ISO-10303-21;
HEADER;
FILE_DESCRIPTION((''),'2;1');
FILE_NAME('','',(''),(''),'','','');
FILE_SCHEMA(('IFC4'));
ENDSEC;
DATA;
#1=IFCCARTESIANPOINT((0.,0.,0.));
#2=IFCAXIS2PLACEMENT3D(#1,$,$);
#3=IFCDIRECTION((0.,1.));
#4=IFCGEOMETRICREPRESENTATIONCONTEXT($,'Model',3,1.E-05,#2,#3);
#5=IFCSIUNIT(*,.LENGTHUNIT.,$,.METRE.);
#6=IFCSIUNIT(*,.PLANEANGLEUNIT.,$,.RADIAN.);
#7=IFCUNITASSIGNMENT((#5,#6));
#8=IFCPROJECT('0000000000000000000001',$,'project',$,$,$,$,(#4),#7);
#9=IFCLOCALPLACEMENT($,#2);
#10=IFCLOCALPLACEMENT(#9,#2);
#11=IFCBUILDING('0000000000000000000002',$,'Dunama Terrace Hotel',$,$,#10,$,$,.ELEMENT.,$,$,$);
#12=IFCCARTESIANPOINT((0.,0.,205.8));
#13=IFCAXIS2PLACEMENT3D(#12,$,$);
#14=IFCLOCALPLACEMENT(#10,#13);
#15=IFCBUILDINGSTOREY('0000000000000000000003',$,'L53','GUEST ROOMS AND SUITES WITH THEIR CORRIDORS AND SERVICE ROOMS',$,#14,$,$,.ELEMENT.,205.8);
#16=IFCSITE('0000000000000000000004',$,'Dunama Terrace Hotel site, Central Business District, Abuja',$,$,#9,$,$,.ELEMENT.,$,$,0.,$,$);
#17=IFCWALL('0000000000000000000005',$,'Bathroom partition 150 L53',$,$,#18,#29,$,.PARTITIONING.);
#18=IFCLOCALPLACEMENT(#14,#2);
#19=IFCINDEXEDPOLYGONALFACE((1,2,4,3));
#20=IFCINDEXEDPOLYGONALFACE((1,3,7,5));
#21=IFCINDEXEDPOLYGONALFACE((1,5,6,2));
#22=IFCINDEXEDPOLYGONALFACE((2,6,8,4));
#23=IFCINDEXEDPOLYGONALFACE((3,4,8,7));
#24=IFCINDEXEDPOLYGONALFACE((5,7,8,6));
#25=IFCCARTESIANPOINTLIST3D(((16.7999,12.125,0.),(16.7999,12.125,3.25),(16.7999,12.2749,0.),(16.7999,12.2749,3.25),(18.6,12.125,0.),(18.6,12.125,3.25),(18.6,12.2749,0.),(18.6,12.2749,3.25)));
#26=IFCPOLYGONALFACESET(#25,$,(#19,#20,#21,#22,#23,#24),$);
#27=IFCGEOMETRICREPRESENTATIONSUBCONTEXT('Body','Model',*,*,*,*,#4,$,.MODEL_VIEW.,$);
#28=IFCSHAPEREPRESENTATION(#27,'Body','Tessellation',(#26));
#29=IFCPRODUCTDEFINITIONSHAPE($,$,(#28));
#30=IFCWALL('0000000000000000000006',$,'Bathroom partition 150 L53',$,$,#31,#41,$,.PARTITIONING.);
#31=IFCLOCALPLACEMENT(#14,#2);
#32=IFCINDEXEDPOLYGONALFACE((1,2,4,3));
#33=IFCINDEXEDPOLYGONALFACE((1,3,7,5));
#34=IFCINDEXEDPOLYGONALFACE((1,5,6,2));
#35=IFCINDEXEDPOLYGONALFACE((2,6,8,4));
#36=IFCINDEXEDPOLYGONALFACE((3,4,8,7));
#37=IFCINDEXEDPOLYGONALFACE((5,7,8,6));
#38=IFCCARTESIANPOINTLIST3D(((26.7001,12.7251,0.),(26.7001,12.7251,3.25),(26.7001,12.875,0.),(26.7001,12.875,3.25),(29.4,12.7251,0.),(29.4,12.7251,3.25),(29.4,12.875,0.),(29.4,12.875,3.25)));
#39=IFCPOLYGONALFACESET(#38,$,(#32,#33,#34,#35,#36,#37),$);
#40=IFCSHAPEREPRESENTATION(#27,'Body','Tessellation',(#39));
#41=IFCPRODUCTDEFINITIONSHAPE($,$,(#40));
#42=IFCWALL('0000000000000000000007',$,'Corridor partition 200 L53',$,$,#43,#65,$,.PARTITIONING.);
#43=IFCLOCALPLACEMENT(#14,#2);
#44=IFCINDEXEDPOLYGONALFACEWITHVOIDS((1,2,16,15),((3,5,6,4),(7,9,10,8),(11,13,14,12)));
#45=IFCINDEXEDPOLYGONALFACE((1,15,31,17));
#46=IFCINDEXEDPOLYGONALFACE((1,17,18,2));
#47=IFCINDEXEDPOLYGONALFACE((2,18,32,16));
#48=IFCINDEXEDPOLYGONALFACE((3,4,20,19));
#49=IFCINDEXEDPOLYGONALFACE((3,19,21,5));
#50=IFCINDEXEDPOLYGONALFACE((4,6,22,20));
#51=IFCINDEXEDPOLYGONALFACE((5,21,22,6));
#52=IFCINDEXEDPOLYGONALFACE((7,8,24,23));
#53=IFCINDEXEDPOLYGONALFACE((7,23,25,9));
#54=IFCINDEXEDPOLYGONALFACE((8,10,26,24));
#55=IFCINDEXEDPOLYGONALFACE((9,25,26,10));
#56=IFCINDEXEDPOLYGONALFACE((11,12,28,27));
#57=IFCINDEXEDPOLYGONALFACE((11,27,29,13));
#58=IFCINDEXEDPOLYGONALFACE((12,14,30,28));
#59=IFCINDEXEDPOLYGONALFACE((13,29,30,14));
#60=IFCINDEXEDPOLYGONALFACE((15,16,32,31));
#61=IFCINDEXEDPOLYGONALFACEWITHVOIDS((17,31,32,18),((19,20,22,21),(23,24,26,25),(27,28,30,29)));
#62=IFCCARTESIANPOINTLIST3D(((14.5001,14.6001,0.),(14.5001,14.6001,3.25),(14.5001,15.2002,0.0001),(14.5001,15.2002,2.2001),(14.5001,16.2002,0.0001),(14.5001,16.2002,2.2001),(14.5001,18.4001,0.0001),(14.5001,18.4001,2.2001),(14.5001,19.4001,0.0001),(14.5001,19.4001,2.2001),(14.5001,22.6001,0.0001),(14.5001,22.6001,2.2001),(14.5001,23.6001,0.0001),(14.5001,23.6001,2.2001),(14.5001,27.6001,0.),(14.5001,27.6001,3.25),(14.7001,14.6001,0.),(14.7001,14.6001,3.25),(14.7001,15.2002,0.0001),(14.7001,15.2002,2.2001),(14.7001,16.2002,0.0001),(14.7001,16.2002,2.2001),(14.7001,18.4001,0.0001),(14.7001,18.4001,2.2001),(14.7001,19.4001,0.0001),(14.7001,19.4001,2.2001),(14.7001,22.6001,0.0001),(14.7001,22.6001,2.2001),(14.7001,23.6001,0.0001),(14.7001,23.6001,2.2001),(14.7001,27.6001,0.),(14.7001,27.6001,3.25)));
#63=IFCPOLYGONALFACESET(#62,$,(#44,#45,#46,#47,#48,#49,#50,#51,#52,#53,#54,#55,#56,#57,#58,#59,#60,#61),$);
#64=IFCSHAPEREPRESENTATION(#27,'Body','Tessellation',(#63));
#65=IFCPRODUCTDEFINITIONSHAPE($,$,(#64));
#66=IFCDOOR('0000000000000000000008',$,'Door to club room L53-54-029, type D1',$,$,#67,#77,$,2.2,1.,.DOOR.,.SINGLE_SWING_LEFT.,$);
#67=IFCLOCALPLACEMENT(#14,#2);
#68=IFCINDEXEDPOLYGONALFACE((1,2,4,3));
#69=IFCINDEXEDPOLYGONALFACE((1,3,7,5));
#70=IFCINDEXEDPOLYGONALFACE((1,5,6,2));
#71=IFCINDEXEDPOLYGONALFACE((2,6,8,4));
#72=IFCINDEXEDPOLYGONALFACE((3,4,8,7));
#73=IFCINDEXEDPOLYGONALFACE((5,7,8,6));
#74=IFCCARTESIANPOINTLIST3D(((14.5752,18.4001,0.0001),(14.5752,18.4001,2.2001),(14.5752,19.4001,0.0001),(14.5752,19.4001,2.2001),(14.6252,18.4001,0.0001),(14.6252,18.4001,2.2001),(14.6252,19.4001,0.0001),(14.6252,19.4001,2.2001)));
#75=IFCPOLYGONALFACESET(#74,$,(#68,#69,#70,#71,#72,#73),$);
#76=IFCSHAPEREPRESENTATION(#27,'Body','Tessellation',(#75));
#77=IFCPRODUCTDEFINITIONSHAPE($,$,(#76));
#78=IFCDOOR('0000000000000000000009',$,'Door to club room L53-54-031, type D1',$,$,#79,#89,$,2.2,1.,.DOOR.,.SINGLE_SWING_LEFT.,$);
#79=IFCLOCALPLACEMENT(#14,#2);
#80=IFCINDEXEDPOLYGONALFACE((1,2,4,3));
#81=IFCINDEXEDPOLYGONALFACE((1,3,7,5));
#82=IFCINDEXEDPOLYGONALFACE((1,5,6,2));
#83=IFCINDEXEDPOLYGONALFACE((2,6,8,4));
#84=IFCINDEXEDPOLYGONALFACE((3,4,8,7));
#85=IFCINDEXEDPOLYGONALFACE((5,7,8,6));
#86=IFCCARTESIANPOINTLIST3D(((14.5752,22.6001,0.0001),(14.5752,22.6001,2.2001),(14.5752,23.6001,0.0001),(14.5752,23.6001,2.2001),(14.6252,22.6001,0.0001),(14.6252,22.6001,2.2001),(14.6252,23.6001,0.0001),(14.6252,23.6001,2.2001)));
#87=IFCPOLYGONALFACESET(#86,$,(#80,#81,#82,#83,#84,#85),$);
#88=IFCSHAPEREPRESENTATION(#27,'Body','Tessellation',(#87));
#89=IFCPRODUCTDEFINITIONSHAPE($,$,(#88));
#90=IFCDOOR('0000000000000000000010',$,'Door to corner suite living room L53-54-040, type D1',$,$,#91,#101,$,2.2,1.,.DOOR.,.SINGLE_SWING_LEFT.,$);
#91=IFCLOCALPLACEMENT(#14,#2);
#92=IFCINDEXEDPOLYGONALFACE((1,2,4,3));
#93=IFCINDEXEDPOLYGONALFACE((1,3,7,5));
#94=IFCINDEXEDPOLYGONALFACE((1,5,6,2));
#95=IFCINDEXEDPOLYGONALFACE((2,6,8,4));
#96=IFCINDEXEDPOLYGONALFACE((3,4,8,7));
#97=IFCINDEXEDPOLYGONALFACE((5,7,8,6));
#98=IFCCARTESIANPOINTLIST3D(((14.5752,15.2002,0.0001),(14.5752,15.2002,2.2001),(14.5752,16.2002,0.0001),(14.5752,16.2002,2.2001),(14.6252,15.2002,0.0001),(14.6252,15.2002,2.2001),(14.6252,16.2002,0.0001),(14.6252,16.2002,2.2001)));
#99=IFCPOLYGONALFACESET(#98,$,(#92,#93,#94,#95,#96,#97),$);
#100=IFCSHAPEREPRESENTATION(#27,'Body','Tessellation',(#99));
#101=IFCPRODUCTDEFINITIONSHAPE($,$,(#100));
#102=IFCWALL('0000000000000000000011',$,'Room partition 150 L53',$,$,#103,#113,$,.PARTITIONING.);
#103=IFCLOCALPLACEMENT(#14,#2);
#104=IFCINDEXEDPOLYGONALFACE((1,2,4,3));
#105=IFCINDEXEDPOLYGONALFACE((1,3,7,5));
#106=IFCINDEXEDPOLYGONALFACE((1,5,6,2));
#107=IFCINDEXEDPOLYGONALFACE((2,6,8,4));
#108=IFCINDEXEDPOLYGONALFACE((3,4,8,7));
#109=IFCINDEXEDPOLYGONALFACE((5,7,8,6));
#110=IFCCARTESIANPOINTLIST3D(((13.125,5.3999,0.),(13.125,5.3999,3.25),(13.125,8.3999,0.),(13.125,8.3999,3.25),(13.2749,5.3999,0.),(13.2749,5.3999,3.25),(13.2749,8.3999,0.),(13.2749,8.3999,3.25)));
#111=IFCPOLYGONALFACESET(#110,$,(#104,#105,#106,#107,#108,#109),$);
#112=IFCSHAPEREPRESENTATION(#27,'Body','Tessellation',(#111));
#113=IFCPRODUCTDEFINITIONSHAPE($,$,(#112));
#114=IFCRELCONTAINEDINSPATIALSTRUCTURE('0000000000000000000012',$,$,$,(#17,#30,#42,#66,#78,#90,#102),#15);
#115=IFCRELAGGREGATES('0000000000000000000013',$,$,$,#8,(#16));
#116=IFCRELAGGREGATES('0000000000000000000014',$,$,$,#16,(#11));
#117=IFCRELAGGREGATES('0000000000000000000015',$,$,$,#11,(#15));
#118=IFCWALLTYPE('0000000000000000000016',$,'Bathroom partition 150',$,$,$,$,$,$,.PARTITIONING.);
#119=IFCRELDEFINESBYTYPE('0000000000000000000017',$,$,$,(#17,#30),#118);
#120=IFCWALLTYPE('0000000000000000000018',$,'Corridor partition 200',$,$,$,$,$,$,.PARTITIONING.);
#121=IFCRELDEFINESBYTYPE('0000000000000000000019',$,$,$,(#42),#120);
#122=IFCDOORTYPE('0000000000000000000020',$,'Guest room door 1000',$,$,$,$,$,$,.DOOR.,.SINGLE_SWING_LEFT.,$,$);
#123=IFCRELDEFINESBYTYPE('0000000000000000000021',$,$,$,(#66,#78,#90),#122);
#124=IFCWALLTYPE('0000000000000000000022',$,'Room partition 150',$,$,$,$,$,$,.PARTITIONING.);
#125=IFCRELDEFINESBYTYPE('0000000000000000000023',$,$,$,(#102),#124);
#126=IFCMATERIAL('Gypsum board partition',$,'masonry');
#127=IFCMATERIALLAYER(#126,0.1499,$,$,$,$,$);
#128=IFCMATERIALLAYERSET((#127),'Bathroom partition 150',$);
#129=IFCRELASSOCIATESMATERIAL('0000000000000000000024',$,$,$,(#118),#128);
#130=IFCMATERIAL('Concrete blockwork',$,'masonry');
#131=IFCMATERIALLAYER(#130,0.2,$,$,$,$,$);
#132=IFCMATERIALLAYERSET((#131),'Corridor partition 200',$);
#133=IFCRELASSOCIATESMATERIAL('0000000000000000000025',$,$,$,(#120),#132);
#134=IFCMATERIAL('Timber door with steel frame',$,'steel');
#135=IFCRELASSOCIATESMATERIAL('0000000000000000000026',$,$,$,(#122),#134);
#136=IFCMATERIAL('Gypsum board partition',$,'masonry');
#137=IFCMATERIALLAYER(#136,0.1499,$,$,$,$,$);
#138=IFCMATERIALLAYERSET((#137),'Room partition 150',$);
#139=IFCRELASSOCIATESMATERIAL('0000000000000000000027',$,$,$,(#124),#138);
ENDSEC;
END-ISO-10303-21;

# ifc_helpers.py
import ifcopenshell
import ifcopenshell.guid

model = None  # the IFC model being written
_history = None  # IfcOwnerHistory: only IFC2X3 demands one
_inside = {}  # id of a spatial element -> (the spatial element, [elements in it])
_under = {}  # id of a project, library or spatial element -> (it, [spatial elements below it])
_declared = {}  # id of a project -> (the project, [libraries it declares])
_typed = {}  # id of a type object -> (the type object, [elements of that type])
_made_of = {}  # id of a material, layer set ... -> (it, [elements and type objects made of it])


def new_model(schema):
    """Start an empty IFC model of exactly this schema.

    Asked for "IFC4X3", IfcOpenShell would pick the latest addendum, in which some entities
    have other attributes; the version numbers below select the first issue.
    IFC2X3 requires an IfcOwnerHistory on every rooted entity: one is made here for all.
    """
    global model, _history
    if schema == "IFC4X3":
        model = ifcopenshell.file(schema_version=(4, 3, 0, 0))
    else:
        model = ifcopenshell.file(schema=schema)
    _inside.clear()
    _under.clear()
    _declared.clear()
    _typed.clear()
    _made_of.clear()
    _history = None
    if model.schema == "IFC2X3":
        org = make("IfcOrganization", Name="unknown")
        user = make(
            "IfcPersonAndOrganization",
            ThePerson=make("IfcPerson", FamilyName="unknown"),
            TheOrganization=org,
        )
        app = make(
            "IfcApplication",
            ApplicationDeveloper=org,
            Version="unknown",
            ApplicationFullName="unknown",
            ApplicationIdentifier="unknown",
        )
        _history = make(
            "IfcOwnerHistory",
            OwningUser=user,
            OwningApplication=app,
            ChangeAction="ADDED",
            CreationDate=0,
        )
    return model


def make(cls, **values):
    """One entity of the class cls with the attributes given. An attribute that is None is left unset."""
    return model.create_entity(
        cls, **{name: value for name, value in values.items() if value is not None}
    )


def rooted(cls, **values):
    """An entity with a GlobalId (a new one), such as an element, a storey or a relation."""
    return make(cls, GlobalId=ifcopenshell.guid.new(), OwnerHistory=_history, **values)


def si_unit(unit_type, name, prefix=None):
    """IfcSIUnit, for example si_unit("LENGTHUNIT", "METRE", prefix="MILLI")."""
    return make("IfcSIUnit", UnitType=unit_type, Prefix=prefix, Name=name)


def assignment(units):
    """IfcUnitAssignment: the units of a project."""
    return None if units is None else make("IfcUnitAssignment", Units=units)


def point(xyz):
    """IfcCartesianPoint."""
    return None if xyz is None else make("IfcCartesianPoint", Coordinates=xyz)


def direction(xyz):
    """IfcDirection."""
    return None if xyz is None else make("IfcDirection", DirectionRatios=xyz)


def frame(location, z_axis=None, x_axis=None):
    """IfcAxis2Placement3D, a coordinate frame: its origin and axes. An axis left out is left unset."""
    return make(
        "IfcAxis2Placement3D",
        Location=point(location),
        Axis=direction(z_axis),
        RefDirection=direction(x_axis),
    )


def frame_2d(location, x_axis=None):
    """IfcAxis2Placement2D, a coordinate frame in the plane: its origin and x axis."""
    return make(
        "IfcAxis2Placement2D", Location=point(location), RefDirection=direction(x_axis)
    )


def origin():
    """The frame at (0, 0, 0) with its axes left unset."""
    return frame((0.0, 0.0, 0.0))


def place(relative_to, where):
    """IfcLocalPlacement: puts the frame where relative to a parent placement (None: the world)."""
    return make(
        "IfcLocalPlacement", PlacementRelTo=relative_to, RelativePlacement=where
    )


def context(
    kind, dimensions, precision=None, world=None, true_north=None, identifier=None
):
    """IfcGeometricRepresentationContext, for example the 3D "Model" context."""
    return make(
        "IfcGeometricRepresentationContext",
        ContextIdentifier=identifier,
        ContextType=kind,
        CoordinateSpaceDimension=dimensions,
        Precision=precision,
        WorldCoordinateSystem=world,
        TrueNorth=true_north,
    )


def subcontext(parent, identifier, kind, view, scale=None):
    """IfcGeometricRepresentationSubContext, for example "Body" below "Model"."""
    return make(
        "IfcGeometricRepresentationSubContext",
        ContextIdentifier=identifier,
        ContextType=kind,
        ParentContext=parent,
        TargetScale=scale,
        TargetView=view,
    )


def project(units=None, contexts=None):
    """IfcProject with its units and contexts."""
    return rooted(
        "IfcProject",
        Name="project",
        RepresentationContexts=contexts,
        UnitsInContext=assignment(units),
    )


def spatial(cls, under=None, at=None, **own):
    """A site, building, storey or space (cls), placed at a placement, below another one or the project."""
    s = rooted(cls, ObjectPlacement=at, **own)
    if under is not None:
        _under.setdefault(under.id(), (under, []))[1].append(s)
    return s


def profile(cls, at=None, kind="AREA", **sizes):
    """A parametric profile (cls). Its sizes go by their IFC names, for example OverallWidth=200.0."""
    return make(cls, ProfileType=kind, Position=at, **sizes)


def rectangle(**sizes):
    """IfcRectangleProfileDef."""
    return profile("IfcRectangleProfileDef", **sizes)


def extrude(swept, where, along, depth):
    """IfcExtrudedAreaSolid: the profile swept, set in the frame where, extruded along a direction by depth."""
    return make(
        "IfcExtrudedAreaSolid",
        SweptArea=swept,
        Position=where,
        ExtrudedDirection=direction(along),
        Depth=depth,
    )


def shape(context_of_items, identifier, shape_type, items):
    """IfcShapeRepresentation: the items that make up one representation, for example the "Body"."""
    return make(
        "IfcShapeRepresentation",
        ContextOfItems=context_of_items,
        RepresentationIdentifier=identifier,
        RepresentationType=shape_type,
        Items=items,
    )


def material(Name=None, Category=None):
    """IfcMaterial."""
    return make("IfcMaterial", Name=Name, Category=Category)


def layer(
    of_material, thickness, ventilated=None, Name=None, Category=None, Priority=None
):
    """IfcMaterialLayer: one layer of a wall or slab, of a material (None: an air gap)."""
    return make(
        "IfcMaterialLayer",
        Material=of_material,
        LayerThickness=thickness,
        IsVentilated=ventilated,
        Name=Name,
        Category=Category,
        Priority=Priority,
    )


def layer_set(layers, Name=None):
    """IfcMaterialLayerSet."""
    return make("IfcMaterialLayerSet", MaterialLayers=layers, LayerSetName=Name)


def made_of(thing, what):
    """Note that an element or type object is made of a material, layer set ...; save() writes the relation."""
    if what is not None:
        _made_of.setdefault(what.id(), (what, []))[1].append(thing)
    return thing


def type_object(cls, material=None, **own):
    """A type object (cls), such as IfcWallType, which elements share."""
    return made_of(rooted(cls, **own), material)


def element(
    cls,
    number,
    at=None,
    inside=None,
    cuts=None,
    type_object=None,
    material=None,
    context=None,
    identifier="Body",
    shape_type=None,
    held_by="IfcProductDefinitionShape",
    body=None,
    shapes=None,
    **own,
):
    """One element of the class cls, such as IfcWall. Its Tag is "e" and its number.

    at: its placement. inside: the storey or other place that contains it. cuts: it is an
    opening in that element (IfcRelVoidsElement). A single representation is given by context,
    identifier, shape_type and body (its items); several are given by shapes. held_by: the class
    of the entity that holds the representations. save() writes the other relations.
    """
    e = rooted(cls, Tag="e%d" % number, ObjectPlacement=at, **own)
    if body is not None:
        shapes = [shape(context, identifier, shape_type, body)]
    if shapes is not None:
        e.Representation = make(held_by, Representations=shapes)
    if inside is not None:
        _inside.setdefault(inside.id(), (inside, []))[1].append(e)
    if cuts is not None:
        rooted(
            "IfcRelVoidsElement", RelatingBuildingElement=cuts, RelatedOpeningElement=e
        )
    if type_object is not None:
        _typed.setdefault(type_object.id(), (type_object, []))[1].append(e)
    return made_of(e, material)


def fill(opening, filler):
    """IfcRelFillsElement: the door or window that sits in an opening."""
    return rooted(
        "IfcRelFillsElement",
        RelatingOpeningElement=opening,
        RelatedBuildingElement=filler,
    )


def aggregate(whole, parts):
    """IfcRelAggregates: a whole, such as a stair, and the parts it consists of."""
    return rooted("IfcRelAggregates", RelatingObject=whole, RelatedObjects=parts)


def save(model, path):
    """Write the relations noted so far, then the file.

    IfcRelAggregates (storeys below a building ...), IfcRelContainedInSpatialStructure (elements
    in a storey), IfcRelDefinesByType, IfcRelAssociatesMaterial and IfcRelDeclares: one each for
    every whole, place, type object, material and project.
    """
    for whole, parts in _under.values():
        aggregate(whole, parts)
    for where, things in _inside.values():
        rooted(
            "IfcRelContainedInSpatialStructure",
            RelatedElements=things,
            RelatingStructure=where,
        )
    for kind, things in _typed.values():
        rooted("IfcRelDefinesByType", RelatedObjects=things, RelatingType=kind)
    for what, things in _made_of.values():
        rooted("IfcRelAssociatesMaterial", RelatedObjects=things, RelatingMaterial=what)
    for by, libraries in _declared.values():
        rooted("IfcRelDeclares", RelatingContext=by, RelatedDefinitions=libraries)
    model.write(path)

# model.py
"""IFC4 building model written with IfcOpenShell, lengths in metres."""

from ifc_helpers import new_model, si_unit, direction, frame, frame_2d, origin, place, context, subcontext, project, spatial, rectangle, extrude, material, layer, layer_set, type_object, element, fill, save


model = new_model("IFC4")

# Units and contexts
model_context = context("Model", 3, precision=1e-05, world=origin(), true_north=direction((0.0, 1.0)))
body_context = subcontext(model_context, "Body", "Model", "MODEL_VIEW")
ifc_project = project(units=[si_unit("LENGTHUNIT", "METRE"), si_unit("PLANEANGLEUNIT", "RADIAN")], contexts=[model_context])

# Site, building, storey
site_placement = place(None, origin())
site = spatial("IfcSite", under=ifc_project, at=site_placement, Name="Dunama Terrace Hotel site, Central Business District, Abuja", CompositionType="ELEMENT", RefElevation=0.0)
building_placement = place(site_placement, origin())
building = spatial("IfcBuilding", under=site, at=building_placement, Name="Dunama Terrace Hotel", CompositionType="ELEMENT")
storey_placement = place(building_placement, frame((0.0, 0.0, 205.8)))
storey = spatial("IfcBuildingStorey", under=building, at=storey_placement, Name="L53", Description="GUEST ROOMS AND SUITES WITH THEIR CORRIDORS AND SERVICE ROOMS", CompositionType="ELEMENT", Elevation=205.8)

# Shared definitions
ifc_material_1 = material(Name="Gypsum board partition", Category="masonry")
ifc_layer_1 = layer(ifc_material_1, 0.1499)
ifc_layer_set_1 = layer_set([ifc_layer_1], Name="Bathroom partition 150")
wall_type_1 = type_object("IfcWallType", Name="Bathroom partition 150", PredefinedType="PARTITIONING", material=ifc_layer_set_1)

# Walls
wall_1_placement = place(storey_placement, frame((16.8, 12.2, 0.0), z_axis=(0.0, 0.0, 1.0), x_axis=(1.0, 0.0, 0.0)))
element("IfcWall", 1, at=wall_1_placement, inside=storey, type_object=wall_type_1, Name="Bathroom partition 150 L53", PredefinedType="PARTITIONING", context=body_context, shape_type="SweptSolid", body=[
    extrude(rectangle(XDim=1.8, YDim=0.1499, at=frame_2d((0.8999, 0.0))), origin(), (0.0, 0.0, 1.0), 3.25),
])
wall_2_placement = place(storey_placement, frame((26.7, 12.8, 0.0), z_axis=(0.0, 0.0, 1.0), x_axis=(1.0, 0.0, 0.0)))
element("IfcWall", 2, at=wall_2_placement, inside=storey, type_object=wall_type_1, Name="Bathroom partition 150 L53", PredefinedType="PARTITIONING", context=body_context, shape_type="SweptSolid", body=[
    extrude(rectangle(XDim=2.7, YDim=0.1499, at=frame_2d((1.3501, 0.0))), origin(), (0.0, 0.0, 1.0), 3.25),
])

# Wall, openings, doors
ifc_material_2 = material(Name="Concrete blockwork", Category="masonry")
ifc_layer_2 = layer(ifc_material_2, 0.2)
ifc_layer_set_2 = layer_set([ifc_layer_2], Name="Corridor partition 200")
wall_type_2 = type_object("IfcWallType", Name="Corridor partition 200", PredefinedType="PARTITIONING", material=ifc_layer_set_2)
wall_3_placement = place(storey_placement, frame((14.6001, 14.6001, 0.0), z_axis=(0.0, 0.0, 1.0), x_axis=(0.0, 1.0, 0.0)))
wall_3 = element("IfcWall", 3, at=wall_3_placement, inside=storey, type_object=wall_type_2, Name="Corridor partition 200 L53", PredefinedType="PARTITIONING", context=body_context, shape_type="SweptSolid", body=[
    extrude(rectangle(XDim=13.0, YDim=0.2, at=frame_2d((6.5, 0.0))), origin(), (0.0, 0.0, 1.0), 3.25),
])
opening_1_placement = place(wall_3_placement, frame((3.8, 0.0, 0.0)))
opening_1 = element("IfcOpeningElement", 4, at=opening_1_placement, cuts=wall_3, PredefinedType="OPENING", context=body_context, shape_type="SweptSolid", body=[
    extrude(rectangle(XDim=1.0, YDim=2.2, at=frame_2d((0.5, 1.1001))), frame((0.0, 0.1099, 0.0), z_axis=(0.0, -1.0, 0.0), x_axis=(1.0, 0.0, 0.0)), (0.0, 0.0, 1.0), 0.22),
])
opening_2_placement = place(wall_3_placement, frame((8.0, 0.0, 0.0)))
opening_2 = element("IfcOpeningElement", 5, at=opening_2_placement, cuts=wall_3, PredefinedType="OPENING", context=body_context, shape_type="SweptSolid", body=[
    extrude(rectangle(XDim=1.0, YDim=2.2, at=frame_2d((0.5, 1.1001))), frame((0.0, 0.1099, 0.0), z_axis=(0.0, -1.0, 0.0), x_axis=(1.0, 0.0, 0.0)), (0.0, 0.0, 1.0), 0.22),
])
opening_3_placement = place(wall_3_placement, frame((0.6001, 0.0, 0.0)))
opening_3 = element("IfcOpeningElement", 6, at=opening_3_placement, cuts=wall_3, PredefinedType="OPENING", context=body_context, shape_type="SweptSolid", body=[
    extrude(rectangle(XDim=1.0, YDim=2.2, at=frame_2d((0.5, 1.1001))), frame((0.0, 0.1099, 0.0), z_axis=(0.0, -1.0, 0.0), x_axis=(1.0, 0.0, 0.0)), (0.0, 0.0, 1.0), 0.22),
])
ifc_material_3 = material(Name="Timber door with steel frame", Category="steel")
door_type_1 = type_object("IfcDoorType", Name="Guest room door 1000", OperationType="SINGLE_SWING_LEFT", PredefinedType="DOOR", material=ifc_material_3)
door_1_placement = place(opening_1_placement, origin())
door_1 = element("IfcDoor", 7, at=door_1_placement, inside=storey, type_object=door_type_1, Name="Door to club room L53-54-029, type D1", OperationType="SINGLE_SWING_LEFT", OverallHeight=2.2, OverallWidth=1.0, PredefinedType="DOOR", context=body_context, shape_type="SweptSolid", body=[
    extrude(rectangle(XDim=1.0, YDim=2.2, at=frame_2d((0.5, 1.1001))), frame((0.0, 0.0249, 0.0), z_axis=(0.0, -1.0, 0.0), x_axis=(1.0, 0.0, 0.0)), (0.0, 0.0, 1.0), 0.05),
])
fill(opening_1, door_1)
door_2_placement = place(opening_2_placement, origin())
door_2 = element("IfcDoor", 8, at=door_2_placement, inside=storey, type_object=door_type_1, Name="Door to club room L53-54-031, type D1", OperationType="SINGLE_SWING_LEFT", OverallHeight=2.2, OverallWidth=1.0, PredefinedType="DOOR", context=body_context, shape_type="SweptSolid", body=[
    extrude(rectangle(XDim=1.0, YDim=2.2, at=frame_2d((0.5, 1.1001))), frame((0.0, 0.0249, 0.0), z_axis=(0.0, -1.0, 0.0), x_axis=(1.0, 0.0, 0.0)), (0.0, 0.0, 1.0), 0.05),
])
fill(opening_2, door_2)
door_3_placement = place(opening_3_placement, origin())
door_3 = element("IfcDoor", 9, at=door_3_placement, inside=storey, type_object=door_type_1, Name="Door to corner suite living room L53-54-040, type D1", OperationType="SINGLE_SWING_LEFT", OverallHeight=2.2, OverallWidth=1.0, PredefinedType="DOOR", context=body_context, shape_type="SweptSolid", body=[
    extrude(rectangle(XDim=1.0, YDim=2.2, at=frame_2d((0.5, 1.1001))), frame((0.0, 0.0249, 0.0), z_axis=(0.0, -1.0, 0.0), x_axis=(1.0, 0.0, 0.0)), (0.0, 0.0, 1.0), 0.05),
])
fill(opening_3, door_3)

# Wall
ifc_material_4 = material(Name="Gypsum board partition", Category="masonry")
ifc_layer_3 = layer(ifc_material_4, 0.1499)
ifc_layer_set_3 = layer_set([ifc_layer_3], Name="Room partition 150")
wall_type_3 = type_object("IfcWallType", Name="Room partition 150", PredefinedType="PARTITIONING", material=ifc_layer_set_3)
wall_4_placement = place(storey_placement, frame((13.2, 5.3999, 0.0), z_axis=(0.0, 0.0, 1.0), x_axis=(0.0, 1.0, 0.0)))
element("IfcWall", 10, at=wall_4_placement, inside=storey, type_object=wall_type_3, Name="Room partition 150 L53", PredefinedType="PARTITIONING", context=body_context, shape_type="SweptSolid", body=[
    extrude(rectangle(XDim=3.0, YDim=0.1499, at=frame_2d((1.5, 0.0))), origin(), (0.0, 0.0, 1.0), 3.25),
])

save(model, "model.ifc")
